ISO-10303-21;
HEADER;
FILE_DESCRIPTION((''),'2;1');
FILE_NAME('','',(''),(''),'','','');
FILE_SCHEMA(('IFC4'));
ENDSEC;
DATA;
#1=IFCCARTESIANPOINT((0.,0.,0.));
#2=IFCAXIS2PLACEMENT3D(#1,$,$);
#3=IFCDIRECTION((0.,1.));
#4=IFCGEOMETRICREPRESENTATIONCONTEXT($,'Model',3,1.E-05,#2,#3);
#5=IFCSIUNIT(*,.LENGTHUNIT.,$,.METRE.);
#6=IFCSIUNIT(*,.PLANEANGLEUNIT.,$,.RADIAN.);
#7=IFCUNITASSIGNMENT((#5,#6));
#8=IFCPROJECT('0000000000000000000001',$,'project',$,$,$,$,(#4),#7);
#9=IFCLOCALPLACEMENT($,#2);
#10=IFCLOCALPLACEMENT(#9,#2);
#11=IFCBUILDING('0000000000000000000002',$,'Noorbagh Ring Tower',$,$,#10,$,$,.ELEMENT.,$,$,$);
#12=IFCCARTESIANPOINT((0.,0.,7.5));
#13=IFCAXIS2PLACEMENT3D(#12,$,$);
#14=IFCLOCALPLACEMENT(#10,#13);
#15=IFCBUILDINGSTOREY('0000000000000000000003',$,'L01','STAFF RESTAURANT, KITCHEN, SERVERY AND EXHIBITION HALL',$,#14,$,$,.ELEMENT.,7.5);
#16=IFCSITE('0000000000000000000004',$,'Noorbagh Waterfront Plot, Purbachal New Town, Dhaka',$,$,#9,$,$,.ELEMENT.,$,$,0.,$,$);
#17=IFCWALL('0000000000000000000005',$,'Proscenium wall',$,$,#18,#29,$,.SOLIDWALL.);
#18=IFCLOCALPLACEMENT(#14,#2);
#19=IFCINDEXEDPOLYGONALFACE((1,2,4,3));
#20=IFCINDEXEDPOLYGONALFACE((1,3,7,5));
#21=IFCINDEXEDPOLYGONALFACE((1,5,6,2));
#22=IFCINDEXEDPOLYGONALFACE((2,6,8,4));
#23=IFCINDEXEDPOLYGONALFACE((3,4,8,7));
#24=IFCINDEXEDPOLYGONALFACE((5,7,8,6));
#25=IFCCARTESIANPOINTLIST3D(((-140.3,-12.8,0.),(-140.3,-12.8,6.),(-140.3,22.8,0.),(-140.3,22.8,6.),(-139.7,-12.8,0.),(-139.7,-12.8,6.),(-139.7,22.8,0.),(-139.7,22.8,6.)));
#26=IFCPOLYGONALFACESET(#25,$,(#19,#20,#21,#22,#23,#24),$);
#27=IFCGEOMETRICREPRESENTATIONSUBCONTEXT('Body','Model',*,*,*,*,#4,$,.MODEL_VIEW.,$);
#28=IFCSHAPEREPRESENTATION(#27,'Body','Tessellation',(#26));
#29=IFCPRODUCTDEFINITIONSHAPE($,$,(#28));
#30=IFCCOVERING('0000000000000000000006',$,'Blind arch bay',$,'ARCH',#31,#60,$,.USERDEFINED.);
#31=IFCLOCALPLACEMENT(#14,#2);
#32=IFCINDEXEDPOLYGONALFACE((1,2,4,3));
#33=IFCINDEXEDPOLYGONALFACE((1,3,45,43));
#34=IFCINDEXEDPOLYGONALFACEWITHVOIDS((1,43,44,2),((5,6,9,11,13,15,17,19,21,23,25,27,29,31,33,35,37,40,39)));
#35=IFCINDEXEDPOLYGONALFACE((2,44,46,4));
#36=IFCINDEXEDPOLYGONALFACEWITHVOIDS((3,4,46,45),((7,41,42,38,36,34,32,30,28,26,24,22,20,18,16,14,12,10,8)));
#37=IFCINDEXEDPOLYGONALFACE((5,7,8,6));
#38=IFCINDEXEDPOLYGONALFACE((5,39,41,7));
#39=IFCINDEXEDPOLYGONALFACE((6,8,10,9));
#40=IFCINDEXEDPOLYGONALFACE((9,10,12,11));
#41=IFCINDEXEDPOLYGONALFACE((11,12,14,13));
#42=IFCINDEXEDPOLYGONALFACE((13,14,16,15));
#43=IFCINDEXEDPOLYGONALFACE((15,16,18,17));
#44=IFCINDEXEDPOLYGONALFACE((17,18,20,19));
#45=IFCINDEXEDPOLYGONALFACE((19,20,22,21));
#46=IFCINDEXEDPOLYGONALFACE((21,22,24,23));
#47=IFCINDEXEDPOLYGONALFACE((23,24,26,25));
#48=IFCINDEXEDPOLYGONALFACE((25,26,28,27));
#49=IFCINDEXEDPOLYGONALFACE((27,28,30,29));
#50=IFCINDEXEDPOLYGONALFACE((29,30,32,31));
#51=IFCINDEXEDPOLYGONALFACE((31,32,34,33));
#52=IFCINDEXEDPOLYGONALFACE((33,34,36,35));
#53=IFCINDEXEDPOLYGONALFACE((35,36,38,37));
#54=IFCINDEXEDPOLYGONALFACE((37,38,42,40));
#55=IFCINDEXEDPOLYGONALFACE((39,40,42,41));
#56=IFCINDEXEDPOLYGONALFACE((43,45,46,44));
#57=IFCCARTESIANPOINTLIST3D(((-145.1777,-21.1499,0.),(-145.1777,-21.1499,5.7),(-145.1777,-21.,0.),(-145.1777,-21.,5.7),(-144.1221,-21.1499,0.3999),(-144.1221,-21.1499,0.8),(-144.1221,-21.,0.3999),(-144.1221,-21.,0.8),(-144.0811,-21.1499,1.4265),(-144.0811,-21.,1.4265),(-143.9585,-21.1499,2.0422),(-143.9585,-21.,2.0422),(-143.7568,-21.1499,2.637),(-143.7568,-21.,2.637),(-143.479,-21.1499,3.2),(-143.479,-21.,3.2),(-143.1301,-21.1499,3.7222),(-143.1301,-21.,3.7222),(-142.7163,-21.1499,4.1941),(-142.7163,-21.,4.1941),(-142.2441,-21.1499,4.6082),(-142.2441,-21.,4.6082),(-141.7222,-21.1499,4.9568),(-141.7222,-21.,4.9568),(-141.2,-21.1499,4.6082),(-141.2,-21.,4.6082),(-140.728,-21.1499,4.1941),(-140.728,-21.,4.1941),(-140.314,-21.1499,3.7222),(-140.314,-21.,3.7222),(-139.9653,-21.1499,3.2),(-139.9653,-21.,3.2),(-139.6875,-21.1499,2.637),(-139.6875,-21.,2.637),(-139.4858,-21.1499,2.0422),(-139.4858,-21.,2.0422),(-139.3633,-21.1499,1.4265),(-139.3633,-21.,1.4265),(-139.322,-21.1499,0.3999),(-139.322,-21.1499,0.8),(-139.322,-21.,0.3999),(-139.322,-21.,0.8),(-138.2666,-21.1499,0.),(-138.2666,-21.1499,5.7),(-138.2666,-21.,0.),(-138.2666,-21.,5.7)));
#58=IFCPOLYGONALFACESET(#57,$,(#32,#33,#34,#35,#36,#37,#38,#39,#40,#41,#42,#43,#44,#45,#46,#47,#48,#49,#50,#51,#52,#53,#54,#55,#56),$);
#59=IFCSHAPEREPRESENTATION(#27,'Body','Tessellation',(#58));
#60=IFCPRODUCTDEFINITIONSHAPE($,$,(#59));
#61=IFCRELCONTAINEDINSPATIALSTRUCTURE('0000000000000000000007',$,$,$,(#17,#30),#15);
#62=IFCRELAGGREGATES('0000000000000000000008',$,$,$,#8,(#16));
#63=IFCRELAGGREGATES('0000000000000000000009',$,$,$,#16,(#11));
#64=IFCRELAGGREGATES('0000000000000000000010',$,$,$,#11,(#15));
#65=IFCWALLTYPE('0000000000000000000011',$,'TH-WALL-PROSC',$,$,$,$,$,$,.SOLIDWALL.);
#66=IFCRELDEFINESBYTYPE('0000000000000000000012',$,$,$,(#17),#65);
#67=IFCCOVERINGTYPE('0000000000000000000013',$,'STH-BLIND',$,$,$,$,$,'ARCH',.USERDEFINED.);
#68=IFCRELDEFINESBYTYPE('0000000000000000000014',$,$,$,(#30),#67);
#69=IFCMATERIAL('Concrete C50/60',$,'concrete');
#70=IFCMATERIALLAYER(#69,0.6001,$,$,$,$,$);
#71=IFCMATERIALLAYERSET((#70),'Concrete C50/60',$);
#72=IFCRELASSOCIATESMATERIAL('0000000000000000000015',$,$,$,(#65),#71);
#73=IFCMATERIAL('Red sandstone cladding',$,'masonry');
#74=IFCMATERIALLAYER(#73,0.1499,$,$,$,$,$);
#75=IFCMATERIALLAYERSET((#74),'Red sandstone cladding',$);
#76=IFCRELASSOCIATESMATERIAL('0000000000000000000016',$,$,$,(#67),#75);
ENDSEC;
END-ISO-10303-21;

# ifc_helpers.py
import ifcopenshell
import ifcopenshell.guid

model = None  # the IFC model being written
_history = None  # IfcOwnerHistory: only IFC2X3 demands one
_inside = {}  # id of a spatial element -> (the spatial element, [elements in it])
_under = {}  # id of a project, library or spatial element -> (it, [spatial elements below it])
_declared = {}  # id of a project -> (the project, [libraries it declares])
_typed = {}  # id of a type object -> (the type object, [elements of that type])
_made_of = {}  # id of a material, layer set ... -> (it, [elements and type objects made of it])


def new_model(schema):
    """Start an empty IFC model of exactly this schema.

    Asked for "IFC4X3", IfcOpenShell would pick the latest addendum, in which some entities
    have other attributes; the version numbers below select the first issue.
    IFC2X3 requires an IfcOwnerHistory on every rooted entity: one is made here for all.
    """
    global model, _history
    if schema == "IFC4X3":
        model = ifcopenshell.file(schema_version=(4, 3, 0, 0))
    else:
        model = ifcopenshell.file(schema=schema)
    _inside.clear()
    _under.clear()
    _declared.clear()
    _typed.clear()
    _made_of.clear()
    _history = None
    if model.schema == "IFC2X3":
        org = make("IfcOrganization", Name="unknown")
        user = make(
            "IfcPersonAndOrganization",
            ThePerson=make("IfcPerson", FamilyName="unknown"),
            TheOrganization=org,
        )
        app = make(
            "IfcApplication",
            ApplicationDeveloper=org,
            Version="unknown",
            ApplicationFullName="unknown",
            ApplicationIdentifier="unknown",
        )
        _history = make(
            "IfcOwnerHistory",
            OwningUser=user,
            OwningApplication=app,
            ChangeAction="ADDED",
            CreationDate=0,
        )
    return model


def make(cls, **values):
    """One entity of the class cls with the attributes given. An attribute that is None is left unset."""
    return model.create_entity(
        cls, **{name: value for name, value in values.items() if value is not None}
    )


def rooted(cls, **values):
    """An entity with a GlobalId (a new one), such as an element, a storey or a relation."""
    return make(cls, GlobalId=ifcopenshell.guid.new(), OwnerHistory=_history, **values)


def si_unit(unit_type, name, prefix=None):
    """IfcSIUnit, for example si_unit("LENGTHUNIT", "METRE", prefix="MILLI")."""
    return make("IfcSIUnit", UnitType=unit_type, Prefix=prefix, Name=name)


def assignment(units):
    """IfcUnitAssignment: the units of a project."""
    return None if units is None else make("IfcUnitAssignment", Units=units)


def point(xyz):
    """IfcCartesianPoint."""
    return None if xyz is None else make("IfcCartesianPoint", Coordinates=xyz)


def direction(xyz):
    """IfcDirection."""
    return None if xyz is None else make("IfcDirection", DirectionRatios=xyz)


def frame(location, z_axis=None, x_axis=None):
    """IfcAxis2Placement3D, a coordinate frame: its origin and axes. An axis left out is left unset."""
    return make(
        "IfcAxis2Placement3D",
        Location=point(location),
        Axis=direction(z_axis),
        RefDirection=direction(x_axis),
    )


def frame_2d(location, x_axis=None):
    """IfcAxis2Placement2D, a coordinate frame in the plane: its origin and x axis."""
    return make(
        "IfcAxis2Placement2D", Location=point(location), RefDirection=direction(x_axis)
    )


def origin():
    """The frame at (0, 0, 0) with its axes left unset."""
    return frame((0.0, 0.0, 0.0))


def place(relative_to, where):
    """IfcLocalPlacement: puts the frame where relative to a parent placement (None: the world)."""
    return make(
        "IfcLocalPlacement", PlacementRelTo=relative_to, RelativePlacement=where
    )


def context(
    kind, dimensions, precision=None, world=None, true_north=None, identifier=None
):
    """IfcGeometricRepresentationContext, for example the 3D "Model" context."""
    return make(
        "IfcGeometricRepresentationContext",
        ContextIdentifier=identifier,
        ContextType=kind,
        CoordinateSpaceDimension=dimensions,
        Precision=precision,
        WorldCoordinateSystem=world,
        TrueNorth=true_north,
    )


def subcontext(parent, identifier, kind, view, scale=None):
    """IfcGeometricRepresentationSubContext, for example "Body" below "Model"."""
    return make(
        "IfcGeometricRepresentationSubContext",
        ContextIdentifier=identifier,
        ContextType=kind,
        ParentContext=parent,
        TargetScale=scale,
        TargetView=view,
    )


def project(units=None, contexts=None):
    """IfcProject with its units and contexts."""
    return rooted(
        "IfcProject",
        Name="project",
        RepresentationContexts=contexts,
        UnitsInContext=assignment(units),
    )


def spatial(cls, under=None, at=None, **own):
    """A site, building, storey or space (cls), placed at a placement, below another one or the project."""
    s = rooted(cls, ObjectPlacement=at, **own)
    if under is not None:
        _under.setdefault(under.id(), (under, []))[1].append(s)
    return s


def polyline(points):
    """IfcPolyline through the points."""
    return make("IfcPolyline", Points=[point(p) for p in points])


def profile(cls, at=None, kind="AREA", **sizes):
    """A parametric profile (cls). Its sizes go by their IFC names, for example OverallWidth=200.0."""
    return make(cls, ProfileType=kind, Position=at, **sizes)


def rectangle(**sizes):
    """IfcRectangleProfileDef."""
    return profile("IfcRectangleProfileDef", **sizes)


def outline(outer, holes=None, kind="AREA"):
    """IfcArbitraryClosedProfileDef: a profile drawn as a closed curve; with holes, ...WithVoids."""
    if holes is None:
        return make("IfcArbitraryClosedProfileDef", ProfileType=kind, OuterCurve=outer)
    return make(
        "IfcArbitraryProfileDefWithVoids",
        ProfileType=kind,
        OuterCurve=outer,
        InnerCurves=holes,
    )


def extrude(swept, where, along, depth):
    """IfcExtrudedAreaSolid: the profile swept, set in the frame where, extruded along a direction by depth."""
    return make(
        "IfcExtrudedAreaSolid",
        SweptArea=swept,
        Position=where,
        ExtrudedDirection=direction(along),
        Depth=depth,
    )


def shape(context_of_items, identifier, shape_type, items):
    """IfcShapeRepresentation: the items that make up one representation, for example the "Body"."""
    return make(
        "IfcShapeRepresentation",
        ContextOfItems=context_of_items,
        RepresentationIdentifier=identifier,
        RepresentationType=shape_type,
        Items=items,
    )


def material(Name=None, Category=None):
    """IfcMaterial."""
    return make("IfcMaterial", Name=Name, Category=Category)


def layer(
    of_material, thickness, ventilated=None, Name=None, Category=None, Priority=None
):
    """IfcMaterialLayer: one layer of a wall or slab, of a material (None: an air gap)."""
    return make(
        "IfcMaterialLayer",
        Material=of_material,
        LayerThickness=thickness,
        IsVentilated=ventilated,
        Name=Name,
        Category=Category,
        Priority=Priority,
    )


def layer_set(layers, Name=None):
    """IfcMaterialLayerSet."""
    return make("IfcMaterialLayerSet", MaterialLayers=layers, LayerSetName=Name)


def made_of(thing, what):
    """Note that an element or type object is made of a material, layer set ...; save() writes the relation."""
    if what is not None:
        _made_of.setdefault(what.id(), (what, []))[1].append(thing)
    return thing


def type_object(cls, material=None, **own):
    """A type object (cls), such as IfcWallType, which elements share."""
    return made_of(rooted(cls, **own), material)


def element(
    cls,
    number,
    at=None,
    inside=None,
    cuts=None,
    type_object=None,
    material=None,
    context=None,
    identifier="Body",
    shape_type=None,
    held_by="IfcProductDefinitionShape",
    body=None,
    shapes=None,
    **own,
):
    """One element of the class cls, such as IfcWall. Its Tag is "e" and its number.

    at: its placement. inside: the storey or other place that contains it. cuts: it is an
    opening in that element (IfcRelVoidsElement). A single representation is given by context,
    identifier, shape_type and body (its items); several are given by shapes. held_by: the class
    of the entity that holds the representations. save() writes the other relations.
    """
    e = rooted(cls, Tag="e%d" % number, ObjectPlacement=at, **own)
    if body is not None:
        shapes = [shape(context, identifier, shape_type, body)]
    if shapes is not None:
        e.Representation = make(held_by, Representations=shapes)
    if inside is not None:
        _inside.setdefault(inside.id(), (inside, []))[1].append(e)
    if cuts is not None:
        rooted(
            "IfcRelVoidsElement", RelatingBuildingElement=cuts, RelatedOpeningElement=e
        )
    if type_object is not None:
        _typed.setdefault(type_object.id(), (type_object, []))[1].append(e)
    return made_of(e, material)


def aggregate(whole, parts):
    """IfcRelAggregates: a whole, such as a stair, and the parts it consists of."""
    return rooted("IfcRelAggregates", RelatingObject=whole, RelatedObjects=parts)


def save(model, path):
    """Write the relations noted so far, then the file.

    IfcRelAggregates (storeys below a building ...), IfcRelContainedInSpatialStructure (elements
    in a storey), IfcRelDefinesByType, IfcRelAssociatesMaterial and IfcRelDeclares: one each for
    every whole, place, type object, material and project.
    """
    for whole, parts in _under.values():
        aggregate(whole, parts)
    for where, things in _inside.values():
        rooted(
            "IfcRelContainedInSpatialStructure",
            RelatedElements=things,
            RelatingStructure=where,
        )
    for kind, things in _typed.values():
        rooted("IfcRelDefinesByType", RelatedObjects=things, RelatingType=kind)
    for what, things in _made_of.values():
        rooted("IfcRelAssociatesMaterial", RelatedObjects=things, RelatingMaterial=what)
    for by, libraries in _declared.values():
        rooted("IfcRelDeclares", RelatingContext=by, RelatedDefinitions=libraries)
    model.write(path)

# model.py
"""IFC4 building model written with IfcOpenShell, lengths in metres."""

from ifc_helpers import new_model, si_unit, direction, frame, frame_2d, origin, place, context, subcontext, project, spatial, polyline, rectangle, outline, extrude, material, layer, layer_set, type_object, element, save


model = new_model("IFC4")

# Units and contexts
model_context = context("Model", 3, precision=1e-05, world=origin(), true_north=direction((0.0, 1.0)))
body_context = subcontext(model_context, "Body", "Model", "MODEL_VIEW")
ifc_project = project(units=[si_unit("LENGTHUNIT", "METRE"), si_unit("PLANEANGLEUNIT", "RADIAN")], contexts=[model_context])

# Site, building, storey
site_placement = place(None, origin())
site = spatial("IfcSite", under=ifc_project, at=site_placement, Name="Noorbagh Waterfront Plot, Purbachal New Town, Dhaka", CompositionType="ELEMENT", RefElevation=0.0)
building_placement = place(site_placement, origin())
building = spatial("IfcBuilding", under=site, at=building_placement, Name="Noorbagh Ring Tower", CompositionType="ELEMENT")
storey_placement = place(building_placement, frame((0.0, 0.0, 7.5)))
storey = spatial("IfcBuildingStorey", under=building, at=storey_placement, Name="L01", Description="STAFF RESTAURANT, KITCHEN, SERVERY AND EXHIBITION HALL", CompositionType="ELEMENT", Elevation=7.5)

# Wall
ifc_material_1 = material(Name="Concrete C50/60", Category="concrete")
ifc_layer_1 = layer(ifc_material_1, 0.6001)
ifc_layer_set_1 = layer_set([ifc_layer_1], Name="Concrete C50/60")
wall_type_1 = type_object("IfcWallType", Name="TH-WALL-PROSC", PredefinedType="SOLIDWALL", material=ifc_layer_set_1)
wall_1_placement = place(storey_placement, frame((-140.0, -12.8, 0.0), z_axis=(0.0, 0.0, 1.0), x_axis=(0.0, 1.0, 0.0)))
element("IfcWall", 1, at=wall_1_placement, inside=storey, type_object=wall_type_1, Name="Proscenium wall", PredefinedType="SOLIDWALL", context=body_context, shape_type="SweptSolid", body=[
    extrude(rectangle(XDim=35.6001, YDim=0.6001, at=frame_2d((17.8, 0.0))), origin(), (0.0, 0.0, 1.0), 6.0),
])

# Covering
ifc_material_2 = material(Name="Red sandstone cladding", Category="masonry")
ifc_layer_2 = layer(ifc_material_2, 0.1499)
ifc_layer_set_2 = layer_set([ifc_layer_2], Name="Red sandstone cladding")
covering_type = type_object("IfcCoveringType", Name="STH-BLIND", ElementType="ARCH", PredefinedType="USERDEFINED", material=ifc_layer_set_2)
covering_placement = place(storey_placement, frame((-145.1777, -21.1499, 0.0), z_axis=(0.0, -1.0, 0.0), x_axis=(1.0, 0.0, 0.0)))
element("IfcCovering", 2, at=covering_placement, inside=storey, type_object=covering_type, Name="Blind arch bay", ObjectType="ARCH", PredefinedType="USERDEFINED", context=body_context, shape_type="SweptSolid", body=[
    extrude(outline(polyline([(0.0, 0.0), (6.9111, 0.0), (6.9111, 5.7), (0.0, 5.7), (0.0, 0.0)]), holes=[polyline([(1.0557, 0.3999), (1.0557, 0.8), (1.0967, 1.4265), (1.2192, 2.0422), (1.4209, 2.637), (1.6987, 3.2), (2.0476, 3.7222), (2.4614, 4.1941), (2.9336, 4.6082), (3.4556, 4.9568), (3.9778, 4.6082), (4.4497, 4.1941), (4.8638, 3.7222), (5.2124, 3.2), (5.4902, 2.637), (5.6919, 2.0422), (5.8145, 1.4265), (5.8557, 0.8), (5.8557, 0.3999), (1.0557, 0.3999)])]), origin(), (0.0, 0.0, -1.0), 0.1499),
])

save(model, "model.ifc")
